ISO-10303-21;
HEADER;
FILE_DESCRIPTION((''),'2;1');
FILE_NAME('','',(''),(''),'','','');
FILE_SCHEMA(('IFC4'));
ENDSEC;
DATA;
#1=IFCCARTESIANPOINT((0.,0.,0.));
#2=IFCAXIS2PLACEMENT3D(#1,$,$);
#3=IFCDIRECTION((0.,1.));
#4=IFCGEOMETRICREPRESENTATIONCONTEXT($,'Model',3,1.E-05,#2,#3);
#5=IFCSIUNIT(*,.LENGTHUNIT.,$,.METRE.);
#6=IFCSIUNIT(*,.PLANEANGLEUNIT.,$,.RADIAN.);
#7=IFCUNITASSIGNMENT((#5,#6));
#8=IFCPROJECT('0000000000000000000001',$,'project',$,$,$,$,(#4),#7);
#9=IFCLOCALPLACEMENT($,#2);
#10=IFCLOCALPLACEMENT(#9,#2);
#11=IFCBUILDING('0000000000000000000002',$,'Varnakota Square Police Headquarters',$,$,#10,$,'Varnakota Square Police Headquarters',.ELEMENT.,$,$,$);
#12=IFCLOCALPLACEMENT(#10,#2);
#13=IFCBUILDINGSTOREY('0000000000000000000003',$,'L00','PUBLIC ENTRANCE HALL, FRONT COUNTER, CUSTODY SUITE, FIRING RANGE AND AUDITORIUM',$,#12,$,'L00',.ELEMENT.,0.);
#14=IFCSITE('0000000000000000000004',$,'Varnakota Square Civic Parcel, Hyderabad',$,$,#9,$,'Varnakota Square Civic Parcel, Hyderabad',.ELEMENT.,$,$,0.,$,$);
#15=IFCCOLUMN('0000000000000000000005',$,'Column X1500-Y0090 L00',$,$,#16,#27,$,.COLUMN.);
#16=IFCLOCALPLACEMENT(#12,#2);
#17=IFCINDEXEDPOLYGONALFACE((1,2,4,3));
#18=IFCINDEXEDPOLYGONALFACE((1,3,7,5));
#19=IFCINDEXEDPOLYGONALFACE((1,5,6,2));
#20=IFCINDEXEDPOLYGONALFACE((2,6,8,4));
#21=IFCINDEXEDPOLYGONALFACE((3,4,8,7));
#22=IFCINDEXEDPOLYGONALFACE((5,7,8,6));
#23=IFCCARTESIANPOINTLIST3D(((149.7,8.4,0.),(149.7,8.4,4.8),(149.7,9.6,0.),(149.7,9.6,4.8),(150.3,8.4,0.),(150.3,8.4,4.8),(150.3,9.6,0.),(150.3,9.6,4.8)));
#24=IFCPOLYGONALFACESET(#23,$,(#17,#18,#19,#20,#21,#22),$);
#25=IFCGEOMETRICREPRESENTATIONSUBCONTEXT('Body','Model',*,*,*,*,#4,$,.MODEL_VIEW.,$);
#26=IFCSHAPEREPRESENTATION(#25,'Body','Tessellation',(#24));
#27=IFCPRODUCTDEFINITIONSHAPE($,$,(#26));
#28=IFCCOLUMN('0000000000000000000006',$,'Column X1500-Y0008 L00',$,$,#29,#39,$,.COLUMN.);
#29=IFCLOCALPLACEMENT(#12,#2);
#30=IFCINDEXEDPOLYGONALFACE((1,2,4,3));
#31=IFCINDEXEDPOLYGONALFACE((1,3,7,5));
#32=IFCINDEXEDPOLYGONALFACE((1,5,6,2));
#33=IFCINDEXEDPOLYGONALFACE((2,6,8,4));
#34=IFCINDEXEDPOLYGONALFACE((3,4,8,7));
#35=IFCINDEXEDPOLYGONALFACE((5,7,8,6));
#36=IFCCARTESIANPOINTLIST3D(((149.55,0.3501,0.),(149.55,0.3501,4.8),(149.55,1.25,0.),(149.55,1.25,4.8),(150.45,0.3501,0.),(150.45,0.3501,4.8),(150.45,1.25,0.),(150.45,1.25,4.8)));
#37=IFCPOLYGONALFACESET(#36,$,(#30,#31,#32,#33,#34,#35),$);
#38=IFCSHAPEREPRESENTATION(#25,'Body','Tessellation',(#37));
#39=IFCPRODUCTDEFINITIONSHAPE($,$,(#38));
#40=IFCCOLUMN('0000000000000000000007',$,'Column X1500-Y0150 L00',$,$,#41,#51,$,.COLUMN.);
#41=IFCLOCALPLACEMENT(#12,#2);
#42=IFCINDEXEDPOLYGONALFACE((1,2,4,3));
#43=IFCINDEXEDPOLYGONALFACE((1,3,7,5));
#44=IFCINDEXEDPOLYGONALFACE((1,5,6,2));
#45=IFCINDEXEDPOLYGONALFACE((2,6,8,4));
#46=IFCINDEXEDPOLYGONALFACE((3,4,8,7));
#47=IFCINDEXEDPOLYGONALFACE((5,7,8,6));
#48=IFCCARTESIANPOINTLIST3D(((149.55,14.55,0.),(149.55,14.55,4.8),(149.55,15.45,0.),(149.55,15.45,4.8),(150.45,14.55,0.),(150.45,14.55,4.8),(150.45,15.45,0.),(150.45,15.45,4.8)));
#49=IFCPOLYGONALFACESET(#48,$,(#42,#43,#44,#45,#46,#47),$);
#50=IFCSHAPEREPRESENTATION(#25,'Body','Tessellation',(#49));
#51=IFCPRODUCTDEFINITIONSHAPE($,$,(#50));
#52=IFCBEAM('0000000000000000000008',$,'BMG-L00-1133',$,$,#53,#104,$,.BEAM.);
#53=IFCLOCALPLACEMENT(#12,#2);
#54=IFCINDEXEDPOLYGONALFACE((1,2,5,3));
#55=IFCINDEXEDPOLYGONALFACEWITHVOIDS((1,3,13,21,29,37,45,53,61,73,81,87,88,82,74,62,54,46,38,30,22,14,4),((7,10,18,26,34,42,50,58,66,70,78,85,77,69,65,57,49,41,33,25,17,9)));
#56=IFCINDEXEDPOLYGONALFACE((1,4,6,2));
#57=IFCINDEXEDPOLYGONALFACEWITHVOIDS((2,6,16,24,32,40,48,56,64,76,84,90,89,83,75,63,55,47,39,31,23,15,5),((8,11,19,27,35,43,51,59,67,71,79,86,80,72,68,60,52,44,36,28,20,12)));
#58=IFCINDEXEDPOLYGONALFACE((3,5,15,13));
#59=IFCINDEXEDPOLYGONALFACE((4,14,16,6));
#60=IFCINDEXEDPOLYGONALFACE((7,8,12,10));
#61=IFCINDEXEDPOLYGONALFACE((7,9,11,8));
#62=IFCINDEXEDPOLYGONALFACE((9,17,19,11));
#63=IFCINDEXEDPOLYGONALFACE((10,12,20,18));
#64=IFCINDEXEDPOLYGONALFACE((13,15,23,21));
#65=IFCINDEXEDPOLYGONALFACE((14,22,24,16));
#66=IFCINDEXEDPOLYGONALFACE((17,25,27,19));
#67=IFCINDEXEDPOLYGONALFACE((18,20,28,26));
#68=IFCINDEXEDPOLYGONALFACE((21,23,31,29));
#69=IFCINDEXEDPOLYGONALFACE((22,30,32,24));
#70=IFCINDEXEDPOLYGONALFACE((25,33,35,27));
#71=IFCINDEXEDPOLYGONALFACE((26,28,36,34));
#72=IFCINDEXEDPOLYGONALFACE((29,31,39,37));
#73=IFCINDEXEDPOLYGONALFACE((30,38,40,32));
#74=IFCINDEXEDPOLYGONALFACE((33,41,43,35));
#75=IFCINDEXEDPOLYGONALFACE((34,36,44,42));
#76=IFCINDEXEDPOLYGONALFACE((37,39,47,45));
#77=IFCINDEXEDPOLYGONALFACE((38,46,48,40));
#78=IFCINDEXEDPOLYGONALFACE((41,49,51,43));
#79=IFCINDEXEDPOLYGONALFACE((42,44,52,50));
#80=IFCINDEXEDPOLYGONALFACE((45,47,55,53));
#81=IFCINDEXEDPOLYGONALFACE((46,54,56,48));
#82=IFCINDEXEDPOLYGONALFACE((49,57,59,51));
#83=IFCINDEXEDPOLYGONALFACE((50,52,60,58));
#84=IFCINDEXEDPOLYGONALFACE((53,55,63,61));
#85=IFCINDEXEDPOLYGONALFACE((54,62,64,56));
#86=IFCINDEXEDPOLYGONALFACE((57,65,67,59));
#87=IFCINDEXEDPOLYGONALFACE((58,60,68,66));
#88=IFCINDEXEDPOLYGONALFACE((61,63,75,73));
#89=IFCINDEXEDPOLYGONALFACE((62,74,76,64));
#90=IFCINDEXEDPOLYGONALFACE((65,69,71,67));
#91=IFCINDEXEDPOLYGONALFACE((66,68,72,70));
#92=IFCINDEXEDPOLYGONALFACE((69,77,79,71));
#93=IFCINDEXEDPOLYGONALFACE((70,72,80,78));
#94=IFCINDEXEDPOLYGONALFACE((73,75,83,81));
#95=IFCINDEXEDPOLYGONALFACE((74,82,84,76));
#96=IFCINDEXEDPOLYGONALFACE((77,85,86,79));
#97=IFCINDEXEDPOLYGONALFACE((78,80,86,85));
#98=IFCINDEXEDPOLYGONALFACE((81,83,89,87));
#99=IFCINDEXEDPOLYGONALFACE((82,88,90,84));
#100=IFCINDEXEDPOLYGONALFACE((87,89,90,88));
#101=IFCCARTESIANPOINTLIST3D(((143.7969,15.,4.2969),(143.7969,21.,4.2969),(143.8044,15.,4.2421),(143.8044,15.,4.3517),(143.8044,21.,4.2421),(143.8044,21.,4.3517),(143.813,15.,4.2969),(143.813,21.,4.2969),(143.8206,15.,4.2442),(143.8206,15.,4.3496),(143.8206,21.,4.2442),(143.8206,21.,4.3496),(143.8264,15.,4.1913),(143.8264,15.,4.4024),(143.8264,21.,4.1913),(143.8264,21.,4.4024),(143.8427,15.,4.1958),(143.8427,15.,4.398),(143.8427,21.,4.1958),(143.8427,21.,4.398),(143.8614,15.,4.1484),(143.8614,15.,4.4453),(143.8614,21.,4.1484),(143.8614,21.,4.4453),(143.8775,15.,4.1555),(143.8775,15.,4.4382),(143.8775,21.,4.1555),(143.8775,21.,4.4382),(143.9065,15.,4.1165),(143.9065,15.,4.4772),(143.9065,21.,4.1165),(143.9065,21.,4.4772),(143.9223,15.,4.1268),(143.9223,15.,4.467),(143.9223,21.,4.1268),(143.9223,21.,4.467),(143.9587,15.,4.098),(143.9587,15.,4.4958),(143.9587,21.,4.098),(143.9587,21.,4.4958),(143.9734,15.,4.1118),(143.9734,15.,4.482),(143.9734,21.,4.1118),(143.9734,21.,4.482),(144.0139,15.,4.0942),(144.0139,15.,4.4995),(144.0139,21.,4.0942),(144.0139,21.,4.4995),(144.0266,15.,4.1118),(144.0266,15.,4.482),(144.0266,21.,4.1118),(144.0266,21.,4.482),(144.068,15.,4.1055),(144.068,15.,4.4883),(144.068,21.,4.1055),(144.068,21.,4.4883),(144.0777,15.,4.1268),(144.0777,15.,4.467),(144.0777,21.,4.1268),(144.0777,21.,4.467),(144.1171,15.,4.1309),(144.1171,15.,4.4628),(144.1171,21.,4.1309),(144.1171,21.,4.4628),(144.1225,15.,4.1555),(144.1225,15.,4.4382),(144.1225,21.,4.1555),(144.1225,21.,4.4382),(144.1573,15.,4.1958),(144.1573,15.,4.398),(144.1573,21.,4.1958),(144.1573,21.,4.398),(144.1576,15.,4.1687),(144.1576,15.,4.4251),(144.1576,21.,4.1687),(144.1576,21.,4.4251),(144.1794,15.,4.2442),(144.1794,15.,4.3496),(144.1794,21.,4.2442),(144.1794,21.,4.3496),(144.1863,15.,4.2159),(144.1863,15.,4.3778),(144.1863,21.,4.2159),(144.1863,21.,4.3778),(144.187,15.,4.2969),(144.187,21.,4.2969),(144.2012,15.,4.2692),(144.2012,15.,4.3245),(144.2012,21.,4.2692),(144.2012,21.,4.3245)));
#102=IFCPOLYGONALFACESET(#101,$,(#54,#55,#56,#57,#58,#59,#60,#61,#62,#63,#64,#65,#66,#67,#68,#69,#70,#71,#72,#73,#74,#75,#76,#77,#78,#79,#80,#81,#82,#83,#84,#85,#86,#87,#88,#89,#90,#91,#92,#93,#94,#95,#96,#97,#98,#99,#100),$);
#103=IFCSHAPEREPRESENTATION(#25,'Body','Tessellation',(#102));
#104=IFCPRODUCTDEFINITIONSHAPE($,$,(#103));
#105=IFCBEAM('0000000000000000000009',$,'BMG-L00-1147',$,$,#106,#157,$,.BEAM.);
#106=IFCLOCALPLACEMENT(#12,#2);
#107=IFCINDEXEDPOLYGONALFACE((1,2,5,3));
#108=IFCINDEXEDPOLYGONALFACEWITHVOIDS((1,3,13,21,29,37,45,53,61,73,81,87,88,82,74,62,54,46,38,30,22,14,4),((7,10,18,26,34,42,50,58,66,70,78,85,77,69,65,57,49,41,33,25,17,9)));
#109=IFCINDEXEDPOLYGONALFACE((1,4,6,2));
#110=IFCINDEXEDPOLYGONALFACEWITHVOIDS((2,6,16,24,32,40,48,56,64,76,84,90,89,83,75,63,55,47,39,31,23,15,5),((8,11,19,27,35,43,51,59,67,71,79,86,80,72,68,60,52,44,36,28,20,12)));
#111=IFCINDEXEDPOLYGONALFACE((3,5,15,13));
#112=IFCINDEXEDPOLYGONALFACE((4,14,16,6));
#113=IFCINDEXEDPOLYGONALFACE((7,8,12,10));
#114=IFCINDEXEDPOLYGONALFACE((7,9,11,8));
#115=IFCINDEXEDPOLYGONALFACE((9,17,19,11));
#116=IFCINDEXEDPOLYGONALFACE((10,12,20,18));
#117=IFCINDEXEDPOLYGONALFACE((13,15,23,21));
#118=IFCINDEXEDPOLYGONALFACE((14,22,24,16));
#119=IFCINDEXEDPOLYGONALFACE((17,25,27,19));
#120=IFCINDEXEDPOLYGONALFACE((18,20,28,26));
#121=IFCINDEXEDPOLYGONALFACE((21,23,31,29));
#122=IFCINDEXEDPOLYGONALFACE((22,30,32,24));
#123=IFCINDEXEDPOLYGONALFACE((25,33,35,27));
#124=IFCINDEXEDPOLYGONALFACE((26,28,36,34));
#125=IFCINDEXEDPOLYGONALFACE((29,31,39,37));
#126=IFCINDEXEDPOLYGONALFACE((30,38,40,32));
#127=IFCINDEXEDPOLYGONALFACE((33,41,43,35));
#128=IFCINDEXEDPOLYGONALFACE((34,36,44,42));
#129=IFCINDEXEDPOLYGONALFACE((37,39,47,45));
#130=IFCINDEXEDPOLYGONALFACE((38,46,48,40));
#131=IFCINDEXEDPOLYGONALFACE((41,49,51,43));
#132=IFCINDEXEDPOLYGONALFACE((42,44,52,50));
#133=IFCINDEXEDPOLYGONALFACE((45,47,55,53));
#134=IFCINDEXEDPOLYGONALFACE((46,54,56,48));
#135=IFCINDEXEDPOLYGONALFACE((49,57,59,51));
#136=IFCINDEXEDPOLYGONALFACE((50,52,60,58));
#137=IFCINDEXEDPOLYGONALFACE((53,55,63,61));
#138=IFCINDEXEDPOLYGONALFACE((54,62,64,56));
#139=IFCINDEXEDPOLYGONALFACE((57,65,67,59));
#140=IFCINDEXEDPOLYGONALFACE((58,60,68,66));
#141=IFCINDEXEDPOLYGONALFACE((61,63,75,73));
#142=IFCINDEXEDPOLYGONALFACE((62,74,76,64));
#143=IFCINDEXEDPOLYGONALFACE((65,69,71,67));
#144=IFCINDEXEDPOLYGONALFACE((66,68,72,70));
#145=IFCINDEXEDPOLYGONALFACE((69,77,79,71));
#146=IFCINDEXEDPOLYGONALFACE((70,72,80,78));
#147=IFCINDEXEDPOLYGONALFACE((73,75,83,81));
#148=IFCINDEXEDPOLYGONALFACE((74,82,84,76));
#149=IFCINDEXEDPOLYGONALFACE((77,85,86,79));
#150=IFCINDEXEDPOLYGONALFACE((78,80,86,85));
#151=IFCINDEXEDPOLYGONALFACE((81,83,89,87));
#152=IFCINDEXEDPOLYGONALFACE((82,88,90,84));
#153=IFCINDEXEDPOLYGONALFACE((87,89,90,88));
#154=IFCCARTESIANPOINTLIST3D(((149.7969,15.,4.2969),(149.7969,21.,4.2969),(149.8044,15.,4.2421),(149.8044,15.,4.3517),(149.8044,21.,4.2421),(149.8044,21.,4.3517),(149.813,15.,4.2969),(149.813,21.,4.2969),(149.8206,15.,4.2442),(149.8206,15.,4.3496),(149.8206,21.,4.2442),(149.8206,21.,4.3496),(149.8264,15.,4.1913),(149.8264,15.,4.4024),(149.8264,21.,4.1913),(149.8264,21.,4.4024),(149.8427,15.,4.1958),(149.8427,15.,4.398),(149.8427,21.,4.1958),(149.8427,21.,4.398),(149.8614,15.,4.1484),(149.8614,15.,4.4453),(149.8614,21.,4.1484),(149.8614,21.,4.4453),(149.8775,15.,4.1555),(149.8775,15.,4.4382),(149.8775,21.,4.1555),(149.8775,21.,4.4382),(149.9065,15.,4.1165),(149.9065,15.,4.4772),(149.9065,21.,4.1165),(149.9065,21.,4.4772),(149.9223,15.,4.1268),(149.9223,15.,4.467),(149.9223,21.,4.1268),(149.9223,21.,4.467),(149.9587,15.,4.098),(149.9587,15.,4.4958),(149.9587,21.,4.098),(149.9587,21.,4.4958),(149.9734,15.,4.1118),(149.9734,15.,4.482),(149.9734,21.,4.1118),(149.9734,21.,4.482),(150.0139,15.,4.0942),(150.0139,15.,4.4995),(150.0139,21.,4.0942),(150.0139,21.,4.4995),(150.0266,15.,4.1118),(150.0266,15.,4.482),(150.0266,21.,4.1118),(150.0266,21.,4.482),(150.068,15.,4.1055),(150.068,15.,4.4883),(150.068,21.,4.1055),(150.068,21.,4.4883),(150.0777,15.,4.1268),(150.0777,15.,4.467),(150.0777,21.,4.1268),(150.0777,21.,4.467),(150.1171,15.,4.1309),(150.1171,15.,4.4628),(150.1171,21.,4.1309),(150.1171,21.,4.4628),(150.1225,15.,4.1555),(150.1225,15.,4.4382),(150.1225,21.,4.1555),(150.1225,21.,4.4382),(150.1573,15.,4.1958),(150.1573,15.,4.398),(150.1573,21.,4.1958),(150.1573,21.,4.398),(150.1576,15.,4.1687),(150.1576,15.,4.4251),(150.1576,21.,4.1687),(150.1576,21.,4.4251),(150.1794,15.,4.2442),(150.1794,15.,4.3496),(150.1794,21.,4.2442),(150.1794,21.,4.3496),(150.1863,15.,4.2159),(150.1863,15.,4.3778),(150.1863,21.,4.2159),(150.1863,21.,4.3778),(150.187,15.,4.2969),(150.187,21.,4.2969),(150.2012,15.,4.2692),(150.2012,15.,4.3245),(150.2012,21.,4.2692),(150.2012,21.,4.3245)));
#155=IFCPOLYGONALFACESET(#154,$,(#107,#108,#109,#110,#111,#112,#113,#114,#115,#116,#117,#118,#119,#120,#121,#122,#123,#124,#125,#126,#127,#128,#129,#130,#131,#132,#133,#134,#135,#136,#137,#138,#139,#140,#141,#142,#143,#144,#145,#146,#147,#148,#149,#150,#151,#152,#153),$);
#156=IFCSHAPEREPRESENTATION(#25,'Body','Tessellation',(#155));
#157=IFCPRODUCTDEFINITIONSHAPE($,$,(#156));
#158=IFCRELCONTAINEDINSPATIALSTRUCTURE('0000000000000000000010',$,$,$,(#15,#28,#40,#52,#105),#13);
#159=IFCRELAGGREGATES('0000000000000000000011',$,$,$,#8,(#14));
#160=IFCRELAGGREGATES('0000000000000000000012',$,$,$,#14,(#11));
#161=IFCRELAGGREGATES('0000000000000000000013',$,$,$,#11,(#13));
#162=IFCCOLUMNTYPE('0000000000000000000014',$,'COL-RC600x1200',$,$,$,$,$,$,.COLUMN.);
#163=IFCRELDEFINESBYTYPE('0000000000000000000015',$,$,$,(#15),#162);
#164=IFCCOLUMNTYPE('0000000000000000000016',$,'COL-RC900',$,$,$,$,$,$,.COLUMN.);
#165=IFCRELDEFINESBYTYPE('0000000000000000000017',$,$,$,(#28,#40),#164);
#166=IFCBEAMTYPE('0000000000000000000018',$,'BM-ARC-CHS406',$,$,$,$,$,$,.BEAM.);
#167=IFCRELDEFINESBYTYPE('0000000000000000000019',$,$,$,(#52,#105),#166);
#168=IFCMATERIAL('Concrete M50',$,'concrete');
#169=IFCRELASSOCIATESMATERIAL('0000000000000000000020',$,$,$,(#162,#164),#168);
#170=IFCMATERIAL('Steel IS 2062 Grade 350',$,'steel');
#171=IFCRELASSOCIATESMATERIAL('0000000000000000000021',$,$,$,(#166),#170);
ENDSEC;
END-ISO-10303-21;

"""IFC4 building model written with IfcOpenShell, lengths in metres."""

from ifc_helpers import new_model, si_unit, direction, frame, origin, origin_2d, place, context, subcontext, project, spatial, rectangle, hollow_circle, extrude, material, material_profile, profile_set, type_object, element, save


model = new_model("IFC4")

# Units and contexts
model_context = context("Model", 3, precision=1e-05, world=origin(), true_north=direction((0.0, 1.0)))
body_context = subcontext(model_context, "Body", "Model", "MODEL_VIEW")
ifc_project = project(units=[si_unit("LENGTHUNIT", "METRE"), si_unit("PLANEANGLEUNIT", "RADIAN")], contexts=[model_context])

# Site, building, storey
site_placement = place(None, origin())
site = spatial("IfcSite", under=ifc_project, at=site_placement, Name="Varnakota Square Civic Parcel, Hyderabad", LongName="Varnakota Square Civic Parcel, Hyderabad", CompositionType="ELEMENT", RefElevation=0.0)
building_placement = place(site_placement, origin())
building = spatial("IfcBuilding", under=site, at=building_placement, Name="Varnakota Square Police Headquarters", LongName="Varnakota Square Police Headquarters", CompositionType="ELEMENT")
storey_placement = place(building_placement, origin())
storey = spatial("IfcBuildingStorey", under=building, at=storey_placement, Name="L00", Description="PUBLIC ENTRANCE HALL, FRONT COUNTER, CUSTODY SUITE, FIRING RANGE AND AUDITORIUM", LongName="L00", CompositionType="ELEMENT", Elevation=0.0)

# Columns
ifc_material_1 = material(Name="Concrete M50", Category="concrete")
ifc_material_profile_1 = material_profile(ifc_material_1, rectangle(XDim=0.6001, YDim=1.2, at=origin_2d()), Name="RC 600x1200")
ifc_profile_set_1 = profile_set([ifc_material_profile_1], Name="Concrete M50")
column_type_1 = type_object("IfcColumnType", Name="COL-RC600x1200", PredefinedType="COLUMN", material=ifc_profile_set_1)
column_placement = place(storey_placement, frame((150.0, 9.0, 0.0), z_axis=(0.0, 0.0, 1.0), x_axis=(1.0, 0.0, 0.0)))
element("IfcColumn", 1, at=column_placement, inside=storey, type_object=column_type_1, Name="Column X1500-Y0090 L00", PredefinedType="COLUMN", context=body_context, shape_type="SweptSolid", body=[
    extrude(rectangle(XDim=0.6001, YDim=1.2, at=origin_2d()), origin(), (0.0, 0.0, 1.0), 4.8),
])
ifc_material_profile_2 = material_profile(ifc_material_1, rectangle(XDim=0.8999, YDim=0.8999, at=origin_2d()), Name="RC 900x900")
ifc_profile_set_2 = profile_set([ifc_material_profile_2], Name="Concrete M50")
column_type_2 = type_object("IfcColumnType", Name="COL-RC900", PredefinedType="COLUMN", material=ifc_profile_set_2)
for number, where, z_axis, x_axis, name in (
    (2, (150.0, 0.8, 0.0), (0.0, 0.0, 1.0), (1.0, 0.0, 0.0), "Column X1500-Y0008 L00"),
    (3, (150.0, 15.0, 0.0), (0.0, 0.0, 1.0), (1.0, 0.0, 0.0), "Column X1500-Y0150 L00"),
):
    element("IfcColumn", number, at=place(storey_placement, frame(where, z_axis=z_axis, x_axis=x_axis)), inside=storey, type_object=column_type_2, Name=name, PredefinedType="COLUMN", context=body_context, shape_type="SweptSolid", body=[
        extrude(rectangle(XDim=0.8999, YDim=0.8999, at=origin_2d()), origin(), (0.0, 0.0, 1.0), 4.8),
    ])

# Beams
ifc_material_2 = material(Name="Steel IS 2062 Grade 350", Category="steel")
ifc_material_profile_3 = material_profile(ifc_material_2, hollow_circle(Radius=0.2031, WallThickness=0.0161, at=origin_2d()), Name="CHS 406.4x16.0")
ifc_profile_set_3 = profile_set([ifc_material_profile_3], Name="Steel IS 2062 Grade 350")
beam_type_1 = type_object("IfcBeamType", Name="BM-ARC-CHS406", PredefinedType="BEAM", material=ifc_profile_set_3)
for number, where, z_axis, x_axis, name in (
    (4, (144.0, 15.0, 4.2969), (0.0, 1.0, 0.0), (-1.0, 0.0, 0.0), "BMG-L00-1133"),
    (5, (150.0, 15.0, 4.2969), (0.0, 1.0, 0.0), (-1.0, 0.0, 0.0), "BMG-L00-1147"),
):
    element("IfcBeam", number, at=place(storey_placement, frame(where, z_axis=z_axis, x_axis=x_axis)), inside=storey, type_object=beam_type_1, Name=name, PredefinedType="BEAM", context=body_context, shape_type="SweptSolid", body=[
        extrude(hollow_circle(Radius=0.2031, WallThickness=0.0161, at=origin_2d()), origin(), (0.0, 0.0, 1.0), 6.0),
    ])

save(model, "model.ifc")
